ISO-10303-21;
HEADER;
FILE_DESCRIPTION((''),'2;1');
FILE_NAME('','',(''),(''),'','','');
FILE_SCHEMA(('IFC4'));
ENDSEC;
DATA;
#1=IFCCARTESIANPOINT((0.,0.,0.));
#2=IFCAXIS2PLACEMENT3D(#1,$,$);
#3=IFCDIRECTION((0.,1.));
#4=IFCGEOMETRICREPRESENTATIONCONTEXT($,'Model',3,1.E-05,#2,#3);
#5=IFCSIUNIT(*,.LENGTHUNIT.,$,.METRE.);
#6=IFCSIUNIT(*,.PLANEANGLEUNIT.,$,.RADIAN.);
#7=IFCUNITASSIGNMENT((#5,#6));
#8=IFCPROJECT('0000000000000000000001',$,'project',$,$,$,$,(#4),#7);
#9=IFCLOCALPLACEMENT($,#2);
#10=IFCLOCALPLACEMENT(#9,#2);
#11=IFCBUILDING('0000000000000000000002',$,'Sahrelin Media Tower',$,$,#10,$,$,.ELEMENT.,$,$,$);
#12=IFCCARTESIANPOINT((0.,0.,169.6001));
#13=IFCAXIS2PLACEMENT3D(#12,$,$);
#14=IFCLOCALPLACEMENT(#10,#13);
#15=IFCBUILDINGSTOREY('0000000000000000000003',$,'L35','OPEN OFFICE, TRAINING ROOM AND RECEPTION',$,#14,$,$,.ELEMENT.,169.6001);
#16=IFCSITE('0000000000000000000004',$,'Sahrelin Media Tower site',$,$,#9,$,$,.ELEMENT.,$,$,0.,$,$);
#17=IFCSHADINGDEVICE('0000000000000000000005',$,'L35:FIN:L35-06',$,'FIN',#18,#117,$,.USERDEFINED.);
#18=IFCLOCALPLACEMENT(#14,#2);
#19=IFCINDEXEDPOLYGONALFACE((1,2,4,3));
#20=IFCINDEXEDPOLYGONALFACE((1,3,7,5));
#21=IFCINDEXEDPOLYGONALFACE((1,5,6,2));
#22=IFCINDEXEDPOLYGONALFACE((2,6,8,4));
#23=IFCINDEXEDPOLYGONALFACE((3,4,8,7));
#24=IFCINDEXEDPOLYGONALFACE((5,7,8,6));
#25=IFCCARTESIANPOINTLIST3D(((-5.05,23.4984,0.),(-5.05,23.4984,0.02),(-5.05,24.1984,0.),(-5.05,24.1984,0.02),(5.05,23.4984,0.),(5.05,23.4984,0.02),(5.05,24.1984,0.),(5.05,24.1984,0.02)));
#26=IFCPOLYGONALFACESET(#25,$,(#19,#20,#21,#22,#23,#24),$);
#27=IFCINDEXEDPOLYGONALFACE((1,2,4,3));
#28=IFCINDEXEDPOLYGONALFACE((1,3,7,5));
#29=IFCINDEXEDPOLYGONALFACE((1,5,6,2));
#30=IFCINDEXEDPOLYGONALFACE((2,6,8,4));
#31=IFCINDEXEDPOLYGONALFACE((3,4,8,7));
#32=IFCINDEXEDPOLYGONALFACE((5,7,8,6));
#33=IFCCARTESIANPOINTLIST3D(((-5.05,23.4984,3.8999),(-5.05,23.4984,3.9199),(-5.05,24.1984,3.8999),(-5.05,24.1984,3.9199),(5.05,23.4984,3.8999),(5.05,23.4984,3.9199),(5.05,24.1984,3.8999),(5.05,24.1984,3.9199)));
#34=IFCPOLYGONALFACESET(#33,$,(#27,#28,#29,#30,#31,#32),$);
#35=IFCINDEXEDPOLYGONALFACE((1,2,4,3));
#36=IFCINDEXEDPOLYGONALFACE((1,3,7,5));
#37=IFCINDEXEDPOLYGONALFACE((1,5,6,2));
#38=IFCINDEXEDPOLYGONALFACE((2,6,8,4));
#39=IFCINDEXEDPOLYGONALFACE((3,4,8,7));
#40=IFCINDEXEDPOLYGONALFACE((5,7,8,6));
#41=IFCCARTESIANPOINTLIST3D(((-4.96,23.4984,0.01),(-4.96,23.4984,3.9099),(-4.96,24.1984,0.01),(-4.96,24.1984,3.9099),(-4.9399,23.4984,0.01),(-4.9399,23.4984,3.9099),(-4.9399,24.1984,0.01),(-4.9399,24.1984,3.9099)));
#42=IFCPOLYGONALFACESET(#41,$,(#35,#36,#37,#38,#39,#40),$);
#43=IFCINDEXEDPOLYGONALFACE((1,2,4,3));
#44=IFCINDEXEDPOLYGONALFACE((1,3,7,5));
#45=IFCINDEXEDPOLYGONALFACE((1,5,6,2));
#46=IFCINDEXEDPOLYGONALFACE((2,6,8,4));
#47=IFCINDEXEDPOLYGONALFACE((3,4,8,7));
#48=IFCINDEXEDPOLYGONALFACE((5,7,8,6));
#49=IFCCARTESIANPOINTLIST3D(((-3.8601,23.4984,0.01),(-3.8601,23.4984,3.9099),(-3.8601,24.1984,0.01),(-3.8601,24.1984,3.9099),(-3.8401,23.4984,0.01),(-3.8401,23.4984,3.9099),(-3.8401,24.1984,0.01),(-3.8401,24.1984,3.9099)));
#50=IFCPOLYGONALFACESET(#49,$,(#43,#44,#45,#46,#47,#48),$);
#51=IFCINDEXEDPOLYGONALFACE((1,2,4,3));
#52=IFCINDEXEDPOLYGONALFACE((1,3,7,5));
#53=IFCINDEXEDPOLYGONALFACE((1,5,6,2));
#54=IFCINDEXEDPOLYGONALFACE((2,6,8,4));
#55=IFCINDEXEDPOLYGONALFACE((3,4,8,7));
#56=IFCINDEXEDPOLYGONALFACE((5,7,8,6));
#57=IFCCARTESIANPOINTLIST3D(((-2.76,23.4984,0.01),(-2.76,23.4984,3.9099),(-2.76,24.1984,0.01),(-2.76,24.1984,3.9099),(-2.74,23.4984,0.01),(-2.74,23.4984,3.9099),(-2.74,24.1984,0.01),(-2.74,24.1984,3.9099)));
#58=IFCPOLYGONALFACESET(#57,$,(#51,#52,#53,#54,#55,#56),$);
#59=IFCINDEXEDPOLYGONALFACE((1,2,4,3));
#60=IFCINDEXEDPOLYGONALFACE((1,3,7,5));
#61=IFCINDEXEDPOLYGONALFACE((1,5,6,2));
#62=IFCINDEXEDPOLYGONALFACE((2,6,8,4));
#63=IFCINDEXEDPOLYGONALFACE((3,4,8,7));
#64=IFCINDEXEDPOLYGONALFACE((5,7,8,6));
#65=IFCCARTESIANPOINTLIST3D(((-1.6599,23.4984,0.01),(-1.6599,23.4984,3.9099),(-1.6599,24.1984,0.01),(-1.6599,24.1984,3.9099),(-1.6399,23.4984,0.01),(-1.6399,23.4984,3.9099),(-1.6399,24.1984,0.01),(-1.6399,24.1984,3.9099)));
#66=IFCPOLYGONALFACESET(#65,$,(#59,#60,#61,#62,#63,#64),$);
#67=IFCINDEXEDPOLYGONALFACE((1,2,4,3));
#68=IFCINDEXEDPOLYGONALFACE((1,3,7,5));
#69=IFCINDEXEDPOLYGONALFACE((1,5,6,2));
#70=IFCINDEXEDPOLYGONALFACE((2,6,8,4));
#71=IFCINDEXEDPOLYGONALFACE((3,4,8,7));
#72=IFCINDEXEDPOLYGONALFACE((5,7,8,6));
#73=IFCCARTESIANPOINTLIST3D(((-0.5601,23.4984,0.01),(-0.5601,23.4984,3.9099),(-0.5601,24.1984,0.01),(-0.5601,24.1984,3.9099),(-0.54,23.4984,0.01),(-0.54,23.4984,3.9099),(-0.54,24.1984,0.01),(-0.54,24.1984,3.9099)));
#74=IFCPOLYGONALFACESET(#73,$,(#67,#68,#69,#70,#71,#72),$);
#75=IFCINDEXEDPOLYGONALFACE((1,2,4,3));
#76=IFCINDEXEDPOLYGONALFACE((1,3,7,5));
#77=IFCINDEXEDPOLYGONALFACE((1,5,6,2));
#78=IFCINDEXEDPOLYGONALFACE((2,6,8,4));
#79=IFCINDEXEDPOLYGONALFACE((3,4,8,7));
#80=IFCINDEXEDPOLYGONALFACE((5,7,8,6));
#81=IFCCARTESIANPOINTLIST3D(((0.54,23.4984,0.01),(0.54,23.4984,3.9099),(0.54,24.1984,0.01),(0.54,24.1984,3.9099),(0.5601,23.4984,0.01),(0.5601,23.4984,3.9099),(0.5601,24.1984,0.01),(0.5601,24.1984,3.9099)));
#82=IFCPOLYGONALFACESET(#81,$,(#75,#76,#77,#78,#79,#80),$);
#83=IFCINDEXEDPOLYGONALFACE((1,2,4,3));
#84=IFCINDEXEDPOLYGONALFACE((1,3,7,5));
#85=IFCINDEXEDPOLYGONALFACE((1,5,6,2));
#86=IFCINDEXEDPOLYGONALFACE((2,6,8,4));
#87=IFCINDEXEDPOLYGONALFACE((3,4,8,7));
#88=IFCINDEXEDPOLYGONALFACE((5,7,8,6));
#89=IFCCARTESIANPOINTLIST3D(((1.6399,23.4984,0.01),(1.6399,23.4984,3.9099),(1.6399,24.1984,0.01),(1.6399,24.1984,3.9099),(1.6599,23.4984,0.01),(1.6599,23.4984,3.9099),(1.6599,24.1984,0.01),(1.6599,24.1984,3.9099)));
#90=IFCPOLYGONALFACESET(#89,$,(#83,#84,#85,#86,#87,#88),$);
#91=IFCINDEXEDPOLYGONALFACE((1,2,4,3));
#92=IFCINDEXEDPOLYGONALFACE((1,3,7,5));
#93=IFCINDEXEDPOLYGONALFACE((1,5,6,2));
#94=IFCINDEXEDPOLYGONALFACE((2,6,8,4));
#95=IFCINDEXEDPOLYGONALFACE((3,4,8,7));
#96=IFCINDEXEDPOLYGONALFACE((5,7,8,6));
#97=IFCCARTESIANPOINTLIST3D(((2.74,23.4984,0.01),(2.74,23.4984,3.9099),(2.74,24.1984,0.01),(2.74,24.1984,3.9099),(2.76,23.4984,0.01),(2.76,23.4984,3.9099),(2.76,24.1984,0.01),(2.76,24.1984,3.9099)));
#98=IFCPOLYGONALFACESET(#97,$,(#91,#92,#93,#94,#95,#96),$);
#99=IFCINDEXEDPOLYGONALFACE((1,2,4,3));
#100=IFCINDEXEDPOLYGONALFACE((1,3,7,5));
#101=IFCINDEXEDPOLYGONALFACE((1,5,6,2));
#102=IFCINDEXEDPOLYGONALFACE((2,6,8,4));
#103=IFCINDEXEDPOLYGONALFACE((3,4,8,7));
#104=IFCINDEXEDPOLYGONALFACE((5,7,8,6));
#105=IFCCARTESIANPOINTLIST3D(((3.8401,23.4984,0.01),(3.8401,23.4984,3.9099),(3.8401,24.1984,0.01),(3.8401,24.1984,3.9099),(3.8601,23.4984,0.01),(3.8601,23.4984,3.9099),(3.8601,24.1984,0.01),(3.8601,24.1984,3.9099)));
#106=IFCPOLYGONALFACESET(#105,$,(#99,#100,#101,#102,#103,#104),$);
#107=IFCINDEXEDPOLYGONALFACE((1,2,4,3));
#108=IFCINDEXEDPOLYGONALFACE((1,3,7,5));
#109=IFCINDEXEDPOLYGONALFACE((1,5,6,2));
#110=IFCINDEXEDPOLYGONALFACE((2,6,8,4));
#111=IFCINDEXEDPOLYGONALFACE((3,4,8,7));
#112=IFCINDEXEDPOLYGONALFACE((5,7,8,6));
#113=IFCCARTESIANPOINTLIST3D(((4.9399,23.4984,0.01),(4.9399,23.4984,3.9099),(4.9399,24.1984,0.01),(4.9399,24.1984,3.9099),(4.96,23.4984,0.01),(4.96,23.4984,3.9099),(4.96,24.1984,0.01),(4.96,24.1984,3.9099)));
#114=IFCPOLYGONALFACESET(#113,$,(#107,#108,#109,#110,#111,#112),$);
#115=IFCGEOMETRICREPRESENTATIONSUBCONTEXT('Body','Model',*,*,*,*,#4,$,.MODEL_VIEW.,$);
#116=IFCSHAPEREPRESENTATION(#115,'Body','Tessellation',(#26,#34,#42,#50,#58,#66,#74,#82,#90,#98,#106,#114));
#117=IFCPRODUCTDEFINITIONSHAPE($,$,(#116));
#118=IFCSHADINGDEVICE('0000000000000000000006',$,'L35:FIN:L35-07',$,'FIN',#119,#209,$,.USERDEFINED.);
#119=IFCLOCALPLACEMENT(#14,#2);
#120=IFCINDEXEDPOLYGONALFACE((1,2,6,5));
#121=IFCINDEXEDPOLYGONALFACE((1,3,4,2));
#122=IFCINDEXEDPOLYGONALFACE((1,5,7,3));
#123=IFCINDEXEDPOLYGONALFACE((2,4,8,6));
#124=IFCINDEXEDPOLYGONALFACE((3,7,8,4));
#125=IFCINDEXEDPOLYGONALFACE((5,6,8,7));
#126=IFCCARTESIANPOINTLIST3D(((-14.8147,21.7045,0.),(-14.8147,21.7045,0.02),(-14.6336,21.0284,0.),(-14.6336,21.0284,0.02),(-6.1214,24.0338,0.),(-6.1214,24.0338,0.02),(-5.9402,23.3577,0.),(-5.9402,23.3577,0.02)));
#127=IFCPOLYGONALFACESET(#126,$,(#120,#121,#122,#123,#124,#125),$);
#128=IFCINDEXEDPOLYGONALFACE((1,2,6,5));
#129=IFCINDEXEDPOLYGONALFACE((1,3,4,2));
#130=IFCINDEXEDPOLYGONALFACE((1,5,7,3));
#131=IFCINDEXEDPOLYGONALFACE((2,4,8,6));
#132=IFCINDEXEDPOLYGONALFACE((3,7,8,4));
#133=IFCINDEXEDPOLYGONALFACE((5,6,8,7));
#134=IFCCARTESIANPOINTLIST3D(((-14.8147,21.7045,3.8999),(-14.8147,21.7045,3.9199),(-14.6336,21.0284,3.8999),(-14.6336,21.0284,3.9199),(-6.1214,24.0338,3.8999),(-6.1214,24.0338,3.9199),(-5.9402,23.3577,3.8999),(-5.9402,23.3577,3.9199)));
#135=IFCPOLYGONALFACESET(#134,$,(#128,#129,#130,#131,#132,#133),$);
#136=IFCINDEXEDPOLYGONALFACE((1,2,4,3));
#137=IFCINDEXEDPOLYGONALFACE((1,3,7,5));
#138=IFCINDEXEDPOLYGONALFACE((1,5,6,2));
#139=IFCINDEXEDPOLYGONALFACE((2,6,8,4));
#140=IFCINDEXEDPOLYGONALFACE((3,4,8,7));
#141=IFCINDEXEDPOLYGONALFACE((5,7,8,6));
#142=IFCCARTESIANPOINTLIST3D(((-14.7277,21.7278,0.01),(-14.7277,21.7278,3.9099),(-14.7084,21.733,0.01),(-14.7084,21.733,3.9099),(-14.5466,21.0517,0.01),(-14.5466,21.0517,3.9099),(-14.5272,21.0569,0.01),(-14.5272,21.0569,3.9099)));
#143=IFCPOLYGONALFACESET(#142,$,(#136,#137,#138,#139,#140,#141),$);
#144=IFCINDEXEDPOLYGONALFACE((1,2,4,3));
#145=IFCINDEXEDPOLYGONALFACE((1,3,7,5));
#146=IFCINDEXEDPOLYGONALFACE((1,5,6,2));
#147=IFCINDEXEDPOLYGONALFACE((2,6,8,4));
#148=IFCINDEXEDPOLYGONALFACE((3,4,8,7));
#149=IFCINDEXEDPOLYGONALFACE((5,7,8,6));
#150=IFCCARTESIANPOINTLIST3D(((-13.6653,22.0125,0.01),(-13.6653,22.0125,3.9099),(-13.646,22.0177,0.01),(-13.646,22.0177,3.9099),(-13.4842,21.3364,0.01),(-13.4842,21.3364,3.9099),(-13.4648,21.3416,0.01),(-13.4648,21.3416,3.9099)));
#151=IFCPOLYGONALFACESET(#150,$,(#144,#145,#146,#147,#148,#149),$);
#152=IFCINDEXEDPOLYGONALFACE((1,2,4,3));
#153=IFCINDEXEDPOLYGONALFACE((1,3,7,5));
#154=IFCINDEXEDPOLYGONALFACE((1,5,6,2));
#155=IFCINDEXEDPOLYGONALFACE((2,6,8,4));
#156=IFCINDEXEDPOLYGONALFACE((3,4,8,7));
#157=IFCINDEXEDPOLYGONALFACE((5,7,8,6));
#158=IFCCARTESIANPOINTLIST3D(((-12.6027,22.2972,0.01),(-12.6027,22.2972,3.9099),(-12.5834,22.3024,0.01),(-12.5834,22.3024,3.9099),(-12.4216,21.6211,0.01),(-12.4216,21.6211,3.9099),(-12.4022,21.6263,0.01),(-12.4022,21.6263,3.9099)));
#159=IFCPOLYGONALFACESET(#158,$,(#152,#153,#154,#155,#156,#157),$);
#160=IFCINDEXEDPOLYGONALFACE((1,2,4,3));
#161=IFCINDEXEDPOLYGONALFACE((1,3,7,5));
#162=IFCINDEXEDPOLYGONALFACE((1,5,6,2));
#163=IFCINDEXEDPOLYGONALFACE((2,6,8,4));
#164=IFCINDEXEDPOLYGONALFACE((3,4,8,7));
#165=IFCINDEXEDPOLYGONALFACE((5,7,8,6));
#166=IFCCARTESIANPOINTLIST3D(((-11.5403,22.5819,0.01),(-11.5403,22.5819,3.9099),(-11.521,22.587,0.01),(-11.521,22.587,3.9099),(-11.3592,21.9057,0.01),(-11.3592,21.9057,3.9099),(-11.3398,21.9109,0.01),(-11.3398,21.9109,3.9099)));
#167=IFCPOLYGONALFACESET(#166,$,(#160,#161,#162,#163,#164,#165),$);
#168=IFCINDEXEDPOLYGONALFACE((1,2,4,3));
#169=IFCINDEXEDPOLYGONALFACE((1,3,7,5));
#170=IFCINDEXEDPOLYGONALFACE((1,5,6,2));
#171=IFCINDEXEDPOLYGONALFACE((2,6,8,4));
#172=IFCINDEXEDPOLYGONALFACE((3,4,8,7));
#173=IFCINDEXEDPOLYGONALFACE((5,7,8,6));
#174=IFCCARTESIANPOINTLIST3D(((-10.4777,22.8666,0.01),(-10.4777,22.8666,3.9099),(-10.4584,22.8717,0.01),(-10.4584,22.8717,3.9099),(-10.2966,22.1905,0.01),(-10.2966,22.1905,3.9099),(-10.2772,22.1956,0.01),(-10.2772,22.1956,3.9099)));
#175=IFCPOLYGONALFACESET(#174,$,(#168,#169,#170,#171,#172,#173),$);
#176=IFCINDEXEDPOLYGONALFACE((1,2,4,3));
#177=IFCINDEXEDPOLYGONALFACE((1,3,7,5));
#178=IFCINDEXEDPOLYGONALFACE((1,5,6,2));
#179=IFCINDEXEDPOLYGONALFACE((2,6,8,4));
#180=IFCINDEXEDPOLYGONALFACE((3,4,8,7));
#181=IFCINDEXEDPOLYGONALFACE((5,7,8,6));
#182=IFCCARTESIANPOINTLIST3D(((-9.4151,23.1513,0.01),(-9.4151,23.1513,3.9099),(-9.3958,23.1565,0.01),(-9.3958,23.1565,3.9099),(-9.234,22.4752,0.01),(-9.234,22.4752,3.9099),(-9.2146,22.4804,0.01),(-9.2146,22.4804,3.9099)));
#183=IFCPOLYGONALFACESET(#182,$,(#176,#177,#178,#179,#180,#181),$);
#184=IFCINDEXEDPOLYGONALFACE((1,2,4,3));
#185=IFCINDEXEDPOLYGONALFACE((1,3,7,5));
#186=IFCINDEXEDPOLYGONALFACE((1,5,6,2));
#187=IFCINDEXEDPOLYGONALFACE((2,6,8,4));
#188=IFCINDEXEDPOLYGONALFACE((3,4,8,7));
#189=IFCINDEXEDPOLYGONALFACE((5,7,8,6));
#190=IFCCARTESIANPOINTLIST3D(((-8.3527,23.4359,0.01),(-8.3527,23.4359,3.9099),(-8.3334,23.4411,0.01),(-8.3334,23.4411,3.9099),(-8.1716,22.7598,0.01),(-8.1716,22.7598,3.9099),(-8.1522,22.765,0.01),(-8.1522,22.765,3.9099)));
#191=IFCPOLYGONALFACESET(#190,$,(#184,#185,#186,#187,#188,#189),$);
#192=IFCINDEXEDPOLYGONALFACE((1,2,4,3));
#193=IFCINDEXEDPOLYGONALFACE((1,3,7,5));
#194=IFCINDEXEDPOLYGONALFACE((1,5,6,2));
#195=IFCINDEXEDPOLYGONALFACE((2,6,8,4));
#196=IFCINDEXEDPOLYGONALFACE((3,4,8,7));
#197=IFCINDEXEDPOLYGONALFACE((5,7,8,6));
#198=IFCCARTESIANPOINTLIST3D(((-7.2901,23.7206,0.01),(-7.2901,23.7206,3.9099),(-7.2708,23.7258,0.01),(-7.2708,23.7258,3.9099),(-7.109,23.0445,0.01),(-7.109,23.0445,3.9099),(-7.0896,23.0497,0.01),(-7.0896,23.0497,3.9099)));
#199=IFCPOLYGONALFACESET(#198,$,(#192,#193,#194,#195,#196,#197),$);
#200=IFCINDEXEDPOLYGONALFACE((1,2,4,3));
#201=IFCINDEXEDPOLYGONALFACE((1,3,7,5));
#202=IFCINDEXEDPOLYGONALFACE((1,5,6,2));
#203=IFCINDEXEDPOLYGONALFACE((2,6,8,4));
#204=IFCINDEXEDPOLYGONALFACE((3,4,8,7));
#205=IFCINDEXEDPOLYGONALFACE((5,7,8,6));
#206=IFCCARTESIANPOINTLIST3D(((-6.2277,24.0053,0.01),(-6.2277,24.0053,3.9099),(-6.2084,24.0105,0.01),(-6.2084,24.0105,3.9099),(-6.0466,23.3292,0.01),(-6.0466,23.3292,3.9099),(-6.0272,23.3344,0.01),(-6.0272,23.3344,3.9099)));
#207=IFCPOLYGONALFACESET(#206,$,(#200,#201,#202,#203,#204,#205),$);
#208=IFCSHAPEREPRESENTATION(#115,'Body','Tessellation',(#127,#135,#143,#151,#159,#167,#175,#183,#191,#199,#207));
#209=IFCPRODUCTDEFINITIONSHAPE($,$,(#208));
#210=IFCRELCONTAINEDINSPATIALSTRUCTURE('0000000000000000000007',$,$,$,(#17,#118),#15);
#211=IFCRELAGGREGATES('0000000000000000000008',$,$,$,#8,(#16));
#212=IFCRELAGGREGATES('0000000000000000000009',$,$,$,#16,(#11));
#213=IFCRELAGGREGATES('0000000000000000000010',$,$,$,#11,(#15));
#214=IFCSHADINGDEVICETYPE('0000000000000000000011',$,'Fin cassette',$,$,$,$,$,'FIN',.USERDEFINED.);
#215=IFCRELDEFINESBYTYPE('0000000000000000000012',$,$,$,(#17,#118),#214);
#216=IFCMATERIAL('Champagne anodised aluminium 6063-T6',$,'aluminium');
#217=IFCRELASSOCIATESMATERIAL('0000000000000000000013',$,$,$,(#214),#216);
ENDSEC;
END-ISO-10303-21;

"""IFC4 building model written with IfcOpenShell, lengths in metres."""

from ifc_helpers import new_model, si_unit, direction, frame, origin, origin_2d, place, context, subcontext, project, spatial, rectangle, extrude, material, type_object, element, save


model = new_model("IFC4")

# Units and contexts
model_context = context("Model", 3, precision=1e-05, world=origin(), true_north=direction((0.0, 1.0)))
body_context = subcontext(model_context, "Body", "Model", "MODEL_VIEW")
ifc_project = project(units=[si_unit("LENGTHUNIT", "METRE"), si_unit("PLANEANGLEUNIT", "RADIAN")], contexts=[model_context])

# Site, building, storey
site_placement = place(None, origin())
site = spatial("IfcSite", under=ifc_project, at=site_placement, Name="Sahrelin Media Tower site", CompositionType="ELEMENT", RefElevation=0.0)
building_placement = place(site_placement, origin())
building = spatial("IfcBuilding", under=site, at=building_placement, Name="Sahrelin Media Tower", CompositionType="ELEMENT")
storey_placement = place(building_placement, frame((0.0, 0.0, 169.6001)))
storey = spatial("IfcBuildingStorey", under=building, at=storey_placement, Name="L35", Description="OPEN OFFICE, TRAINING ROOM AND RECEPTION", CompositionType="ELEMENT", Elevation=169.6001)

# Shared definitions
ifc_material_1 = material(Name="Champagne anodised aluminium 6063-T6", Category="aluminium")
placement_1 = place(storey_placement, frame((0.0, 23.4285, 0.0), z_axis=(0.0, 0.0, 1.0), x_axis=(1.0, 0.0, 0.0)))

# Shading devices
shading_device_type_1 = type_object("IfcShadingDeviceType", Name="Fin cassette", ElementType="FIN", PredefinedType="USERDEFINED", material=ifc_material_1)
element("IfcShadingDevice", 1, at=placement_1, inside=storey, type_object=shading_device_type_1, Name="L35:FIN:L35-06", ObjectType="FIN", PredefinedType="USERDEFINED", context=body_context, shape_type="SweptSolid", body=[
    extrude(rectangle(XDim=10.1001, YDim=0.7, at=origin_2d()), frame((0.0, 0.4199, 0.0)), (0.0, 0.0, 1.0), 0.02),
    extrude(rectangle(XDim=10.1001, YDim=0.7, at=origin_2d()), frame((0.0, 0.4199, 3.8999)), (0.0, 0.0, 1.0), 0.02),
    extrude(rectangle(XDim=0.02, YDim=0.7, at=origin_2d()), frame((-4.95, 0.4199, 0.01), z_axis=(0.0, 0.0, 1.0), x_axis=(1.0, 0.0, 0.0)), (0.0, 0.0, 1.0), 3.8999),
    extrude(rectangle(XDim=0.02, YDim=0.7, at=origin_2d()), frame((-3.8501, 0.4199, 0.01), z_axis=(0.0, 0.0, 1.0), x_axis=(1.0, 0.0, 0.0)), (0.0, 0.0, 1.0), 3.8999),
    extrude(rectangle(XDim=0.02, YDim=0.7, at=origin_2d()), frame((-2.75, 0.4199, 0.01), z_axis=(0.0, 0.0, 1.0), x_axis=(1.0, 0.0, 0.0)), (0.0, 0.0, 1.0), 3.8999),
    extrude(rectangle(XDim=0.02, YDim=0.7, at=origin_2d()), frame((-1.6499, 0.4199, 0.01), z_axis=(0.0, 0.0, 1.0), x_axis=(1.0, 0.0, 0.0)), (0.0, 0.0, 1.0), 3.8999),
    extrude(rectangle(XDim=0.02, YDim=0.7, at=origin_2d()), frame((-0.55, 0.4199, 0.01), z_axis=(0.0, 0.0, 1.0), x_axis=(1.0, 0.0, 0.0)), (0.0, 0.0, 1.0), 3.8999),
    extrude(rectangle(XDim=0.02, YDim=0.7, at=origin_2d()), frame((0.55, 0.4199, 0.01), z_axis=(0.0, 0.0, 1.0), x_axis=(1.0, 0.0, 0.0)), (0.0, 0.0, 1.0), 3.8999),
    extrude(rectangle(XDim=0.02, YDim=0.7, at=origin_2d()), frame((1.6499, 0.4199, 0.01), z_axis=(0.0, 0.0, 1.0), x_axis=(1.0, 0.0, 0.0)), (0.0, 0.0, 1.0), 3.8999),
    extrude(rectangle(XDim=0.02, YDim=0.7, at=origin_2d()), frame((2.75, 0.4199, 0.01), z_axis=(0.0, 0.0, 1.0), x_axis=(1.0, 0.0, 0.0)), (0.0, 0.0, 1.0), 3.8999),
    extrude(rectangle(XDim=0.02, YDim=0.7, at=origin_2d()), frame((3.8501, 0.4199, 0.01), z_axis=(0.0, 0.0, 1.0), x_axis=(1.0, 0.0, 0.0)), (0.0, 0.0, 1.0), 3.8999),
    extrude(rectangle(XDim=0.02, YDim=0.7, at=origin_2d()), frame((4.95, 0.4199, 0.01), z_axis=(0.0, 0.0, 1.0), x_axis=(1.0, 0.0, 0.0)), (0.0, 0.0, 1.0), 3.8999),
])
placement_2 = place(storey_placement, frame((-10.2688, 22.1255, 0.0), z_axis=(0.0, 0.0, 1.0), x_axis=(0.965929, 0.258808, 0.0)))
element("IfcShadingDevice", 2, at=placement_2, inside=storey, type_object=shading_device_type_1, Name="L35:FIN:L35-07", ObjectType="FIN", PredefinedType="USERDEFINED", context=body_context, shape_type="SweptSolid", body=[
    extrude(rectangle(XDim=9.0, YDim=0.7, at=origin_2d()), frame((0.0, 0.4199, 0.0)), (0.0, 0.0, 1.0), 0.02),
    extrude(rectangle(XDim=9.0, YDim=0.7, at=origin_2d()), frame((0.0, 0.4199, 3.8999)), (0.0, 0.0, 1.0), 0.02),
    extrude(rectangle(XDim=0.02, YDim=0.7, at=origin_2d()), frame((-4.3999, 0.4199, 0.01), z_axis=(0.0, 0.0, 1.0), x_axis=(1.0, 0.0, 0.0)), (0.0, 0.0, 1.0), 3.8999),
    extrude(rectangle(XDim=0.02, YDim=0.7, at=origin_2d()), frame((-3.3, 0.4199, 0.01), z_axis=(0.0, 0.0, 1.0), x_axis=(1.0, 0.0, 0.0)), (0.0, 0.0, 1.0), 3.8999),
    extrude(rectangle(XDim=0.02, YDim=0.7, at=origin_2d()), frame((-2.2, 0.4199, 0.01), z_axis=(0.0, 0.0, 1.0), x_axis=(1.0, 0.0, 0.0)), (0.0, 0.0, 1.0), 3.8999),
    extrude(rectangle(XDim=0.02, YDim=0.7, at=origin_2d()), frame((-1.1001, 0.4199, 0.01), z_axis=(0.0, 0.0, 1.0), x_axis=(1.0, 0.0, 0.0)), (0.0, 0.0, 1.0), 3.8999),
    extrude(rectangle(XDim=0.02, YDim=0.7, at=origin_2d()), frame((0.0, 0.4199, 0.01), z_axis=(0.0, 0.0, 1.0), x_axis=(1.0, 0.0, 0.0)), (0.0, 0.0, 1.0), 3.8999),
    extrude(rectangle(XDim=0.02, YDim=0.7, at=origin_2d()), frame((1.1001, 0.4199, 0.01), z_axis=(0.0, 0.0, 1.0), x_axis=(1.0, 0.0, 0.0)), (0.0, 0.0, 1.0), 3.8999),
    extrude(rectangle(XDim=0.02, YDim=0.7, at=origin_2d()), frame((2.2, 0.4199, 0.01), z_axis=(0.0, 0.0, 1.0), x_axis=(1.0, 0.0, 0.0)), (0.0, 0.0, 1.0), 3.8999),
    extrude(rectangle(XDim=0.02, YDim=0.7, at=origin_2d()), frame((3.3, 0.4199, 0.01), z_axis=(0.0, 0.0, 1.0), x_axis=(1.0, 0.0, 0.0)), (0.0, 0.0, 1.0), 3.8999),
    extrude(rectangle(XDim=0.02, YDim=0.7, at=origin_2d()), frame((4.3999, 0.4199, 0.01), z_axis=(0.0, 0.0, 1.0), x_axis=(1.0, 0.0, 0.0)), (0.0, 0.0, 1.0), 3.8999),
])

save(model, "model.ifc")
